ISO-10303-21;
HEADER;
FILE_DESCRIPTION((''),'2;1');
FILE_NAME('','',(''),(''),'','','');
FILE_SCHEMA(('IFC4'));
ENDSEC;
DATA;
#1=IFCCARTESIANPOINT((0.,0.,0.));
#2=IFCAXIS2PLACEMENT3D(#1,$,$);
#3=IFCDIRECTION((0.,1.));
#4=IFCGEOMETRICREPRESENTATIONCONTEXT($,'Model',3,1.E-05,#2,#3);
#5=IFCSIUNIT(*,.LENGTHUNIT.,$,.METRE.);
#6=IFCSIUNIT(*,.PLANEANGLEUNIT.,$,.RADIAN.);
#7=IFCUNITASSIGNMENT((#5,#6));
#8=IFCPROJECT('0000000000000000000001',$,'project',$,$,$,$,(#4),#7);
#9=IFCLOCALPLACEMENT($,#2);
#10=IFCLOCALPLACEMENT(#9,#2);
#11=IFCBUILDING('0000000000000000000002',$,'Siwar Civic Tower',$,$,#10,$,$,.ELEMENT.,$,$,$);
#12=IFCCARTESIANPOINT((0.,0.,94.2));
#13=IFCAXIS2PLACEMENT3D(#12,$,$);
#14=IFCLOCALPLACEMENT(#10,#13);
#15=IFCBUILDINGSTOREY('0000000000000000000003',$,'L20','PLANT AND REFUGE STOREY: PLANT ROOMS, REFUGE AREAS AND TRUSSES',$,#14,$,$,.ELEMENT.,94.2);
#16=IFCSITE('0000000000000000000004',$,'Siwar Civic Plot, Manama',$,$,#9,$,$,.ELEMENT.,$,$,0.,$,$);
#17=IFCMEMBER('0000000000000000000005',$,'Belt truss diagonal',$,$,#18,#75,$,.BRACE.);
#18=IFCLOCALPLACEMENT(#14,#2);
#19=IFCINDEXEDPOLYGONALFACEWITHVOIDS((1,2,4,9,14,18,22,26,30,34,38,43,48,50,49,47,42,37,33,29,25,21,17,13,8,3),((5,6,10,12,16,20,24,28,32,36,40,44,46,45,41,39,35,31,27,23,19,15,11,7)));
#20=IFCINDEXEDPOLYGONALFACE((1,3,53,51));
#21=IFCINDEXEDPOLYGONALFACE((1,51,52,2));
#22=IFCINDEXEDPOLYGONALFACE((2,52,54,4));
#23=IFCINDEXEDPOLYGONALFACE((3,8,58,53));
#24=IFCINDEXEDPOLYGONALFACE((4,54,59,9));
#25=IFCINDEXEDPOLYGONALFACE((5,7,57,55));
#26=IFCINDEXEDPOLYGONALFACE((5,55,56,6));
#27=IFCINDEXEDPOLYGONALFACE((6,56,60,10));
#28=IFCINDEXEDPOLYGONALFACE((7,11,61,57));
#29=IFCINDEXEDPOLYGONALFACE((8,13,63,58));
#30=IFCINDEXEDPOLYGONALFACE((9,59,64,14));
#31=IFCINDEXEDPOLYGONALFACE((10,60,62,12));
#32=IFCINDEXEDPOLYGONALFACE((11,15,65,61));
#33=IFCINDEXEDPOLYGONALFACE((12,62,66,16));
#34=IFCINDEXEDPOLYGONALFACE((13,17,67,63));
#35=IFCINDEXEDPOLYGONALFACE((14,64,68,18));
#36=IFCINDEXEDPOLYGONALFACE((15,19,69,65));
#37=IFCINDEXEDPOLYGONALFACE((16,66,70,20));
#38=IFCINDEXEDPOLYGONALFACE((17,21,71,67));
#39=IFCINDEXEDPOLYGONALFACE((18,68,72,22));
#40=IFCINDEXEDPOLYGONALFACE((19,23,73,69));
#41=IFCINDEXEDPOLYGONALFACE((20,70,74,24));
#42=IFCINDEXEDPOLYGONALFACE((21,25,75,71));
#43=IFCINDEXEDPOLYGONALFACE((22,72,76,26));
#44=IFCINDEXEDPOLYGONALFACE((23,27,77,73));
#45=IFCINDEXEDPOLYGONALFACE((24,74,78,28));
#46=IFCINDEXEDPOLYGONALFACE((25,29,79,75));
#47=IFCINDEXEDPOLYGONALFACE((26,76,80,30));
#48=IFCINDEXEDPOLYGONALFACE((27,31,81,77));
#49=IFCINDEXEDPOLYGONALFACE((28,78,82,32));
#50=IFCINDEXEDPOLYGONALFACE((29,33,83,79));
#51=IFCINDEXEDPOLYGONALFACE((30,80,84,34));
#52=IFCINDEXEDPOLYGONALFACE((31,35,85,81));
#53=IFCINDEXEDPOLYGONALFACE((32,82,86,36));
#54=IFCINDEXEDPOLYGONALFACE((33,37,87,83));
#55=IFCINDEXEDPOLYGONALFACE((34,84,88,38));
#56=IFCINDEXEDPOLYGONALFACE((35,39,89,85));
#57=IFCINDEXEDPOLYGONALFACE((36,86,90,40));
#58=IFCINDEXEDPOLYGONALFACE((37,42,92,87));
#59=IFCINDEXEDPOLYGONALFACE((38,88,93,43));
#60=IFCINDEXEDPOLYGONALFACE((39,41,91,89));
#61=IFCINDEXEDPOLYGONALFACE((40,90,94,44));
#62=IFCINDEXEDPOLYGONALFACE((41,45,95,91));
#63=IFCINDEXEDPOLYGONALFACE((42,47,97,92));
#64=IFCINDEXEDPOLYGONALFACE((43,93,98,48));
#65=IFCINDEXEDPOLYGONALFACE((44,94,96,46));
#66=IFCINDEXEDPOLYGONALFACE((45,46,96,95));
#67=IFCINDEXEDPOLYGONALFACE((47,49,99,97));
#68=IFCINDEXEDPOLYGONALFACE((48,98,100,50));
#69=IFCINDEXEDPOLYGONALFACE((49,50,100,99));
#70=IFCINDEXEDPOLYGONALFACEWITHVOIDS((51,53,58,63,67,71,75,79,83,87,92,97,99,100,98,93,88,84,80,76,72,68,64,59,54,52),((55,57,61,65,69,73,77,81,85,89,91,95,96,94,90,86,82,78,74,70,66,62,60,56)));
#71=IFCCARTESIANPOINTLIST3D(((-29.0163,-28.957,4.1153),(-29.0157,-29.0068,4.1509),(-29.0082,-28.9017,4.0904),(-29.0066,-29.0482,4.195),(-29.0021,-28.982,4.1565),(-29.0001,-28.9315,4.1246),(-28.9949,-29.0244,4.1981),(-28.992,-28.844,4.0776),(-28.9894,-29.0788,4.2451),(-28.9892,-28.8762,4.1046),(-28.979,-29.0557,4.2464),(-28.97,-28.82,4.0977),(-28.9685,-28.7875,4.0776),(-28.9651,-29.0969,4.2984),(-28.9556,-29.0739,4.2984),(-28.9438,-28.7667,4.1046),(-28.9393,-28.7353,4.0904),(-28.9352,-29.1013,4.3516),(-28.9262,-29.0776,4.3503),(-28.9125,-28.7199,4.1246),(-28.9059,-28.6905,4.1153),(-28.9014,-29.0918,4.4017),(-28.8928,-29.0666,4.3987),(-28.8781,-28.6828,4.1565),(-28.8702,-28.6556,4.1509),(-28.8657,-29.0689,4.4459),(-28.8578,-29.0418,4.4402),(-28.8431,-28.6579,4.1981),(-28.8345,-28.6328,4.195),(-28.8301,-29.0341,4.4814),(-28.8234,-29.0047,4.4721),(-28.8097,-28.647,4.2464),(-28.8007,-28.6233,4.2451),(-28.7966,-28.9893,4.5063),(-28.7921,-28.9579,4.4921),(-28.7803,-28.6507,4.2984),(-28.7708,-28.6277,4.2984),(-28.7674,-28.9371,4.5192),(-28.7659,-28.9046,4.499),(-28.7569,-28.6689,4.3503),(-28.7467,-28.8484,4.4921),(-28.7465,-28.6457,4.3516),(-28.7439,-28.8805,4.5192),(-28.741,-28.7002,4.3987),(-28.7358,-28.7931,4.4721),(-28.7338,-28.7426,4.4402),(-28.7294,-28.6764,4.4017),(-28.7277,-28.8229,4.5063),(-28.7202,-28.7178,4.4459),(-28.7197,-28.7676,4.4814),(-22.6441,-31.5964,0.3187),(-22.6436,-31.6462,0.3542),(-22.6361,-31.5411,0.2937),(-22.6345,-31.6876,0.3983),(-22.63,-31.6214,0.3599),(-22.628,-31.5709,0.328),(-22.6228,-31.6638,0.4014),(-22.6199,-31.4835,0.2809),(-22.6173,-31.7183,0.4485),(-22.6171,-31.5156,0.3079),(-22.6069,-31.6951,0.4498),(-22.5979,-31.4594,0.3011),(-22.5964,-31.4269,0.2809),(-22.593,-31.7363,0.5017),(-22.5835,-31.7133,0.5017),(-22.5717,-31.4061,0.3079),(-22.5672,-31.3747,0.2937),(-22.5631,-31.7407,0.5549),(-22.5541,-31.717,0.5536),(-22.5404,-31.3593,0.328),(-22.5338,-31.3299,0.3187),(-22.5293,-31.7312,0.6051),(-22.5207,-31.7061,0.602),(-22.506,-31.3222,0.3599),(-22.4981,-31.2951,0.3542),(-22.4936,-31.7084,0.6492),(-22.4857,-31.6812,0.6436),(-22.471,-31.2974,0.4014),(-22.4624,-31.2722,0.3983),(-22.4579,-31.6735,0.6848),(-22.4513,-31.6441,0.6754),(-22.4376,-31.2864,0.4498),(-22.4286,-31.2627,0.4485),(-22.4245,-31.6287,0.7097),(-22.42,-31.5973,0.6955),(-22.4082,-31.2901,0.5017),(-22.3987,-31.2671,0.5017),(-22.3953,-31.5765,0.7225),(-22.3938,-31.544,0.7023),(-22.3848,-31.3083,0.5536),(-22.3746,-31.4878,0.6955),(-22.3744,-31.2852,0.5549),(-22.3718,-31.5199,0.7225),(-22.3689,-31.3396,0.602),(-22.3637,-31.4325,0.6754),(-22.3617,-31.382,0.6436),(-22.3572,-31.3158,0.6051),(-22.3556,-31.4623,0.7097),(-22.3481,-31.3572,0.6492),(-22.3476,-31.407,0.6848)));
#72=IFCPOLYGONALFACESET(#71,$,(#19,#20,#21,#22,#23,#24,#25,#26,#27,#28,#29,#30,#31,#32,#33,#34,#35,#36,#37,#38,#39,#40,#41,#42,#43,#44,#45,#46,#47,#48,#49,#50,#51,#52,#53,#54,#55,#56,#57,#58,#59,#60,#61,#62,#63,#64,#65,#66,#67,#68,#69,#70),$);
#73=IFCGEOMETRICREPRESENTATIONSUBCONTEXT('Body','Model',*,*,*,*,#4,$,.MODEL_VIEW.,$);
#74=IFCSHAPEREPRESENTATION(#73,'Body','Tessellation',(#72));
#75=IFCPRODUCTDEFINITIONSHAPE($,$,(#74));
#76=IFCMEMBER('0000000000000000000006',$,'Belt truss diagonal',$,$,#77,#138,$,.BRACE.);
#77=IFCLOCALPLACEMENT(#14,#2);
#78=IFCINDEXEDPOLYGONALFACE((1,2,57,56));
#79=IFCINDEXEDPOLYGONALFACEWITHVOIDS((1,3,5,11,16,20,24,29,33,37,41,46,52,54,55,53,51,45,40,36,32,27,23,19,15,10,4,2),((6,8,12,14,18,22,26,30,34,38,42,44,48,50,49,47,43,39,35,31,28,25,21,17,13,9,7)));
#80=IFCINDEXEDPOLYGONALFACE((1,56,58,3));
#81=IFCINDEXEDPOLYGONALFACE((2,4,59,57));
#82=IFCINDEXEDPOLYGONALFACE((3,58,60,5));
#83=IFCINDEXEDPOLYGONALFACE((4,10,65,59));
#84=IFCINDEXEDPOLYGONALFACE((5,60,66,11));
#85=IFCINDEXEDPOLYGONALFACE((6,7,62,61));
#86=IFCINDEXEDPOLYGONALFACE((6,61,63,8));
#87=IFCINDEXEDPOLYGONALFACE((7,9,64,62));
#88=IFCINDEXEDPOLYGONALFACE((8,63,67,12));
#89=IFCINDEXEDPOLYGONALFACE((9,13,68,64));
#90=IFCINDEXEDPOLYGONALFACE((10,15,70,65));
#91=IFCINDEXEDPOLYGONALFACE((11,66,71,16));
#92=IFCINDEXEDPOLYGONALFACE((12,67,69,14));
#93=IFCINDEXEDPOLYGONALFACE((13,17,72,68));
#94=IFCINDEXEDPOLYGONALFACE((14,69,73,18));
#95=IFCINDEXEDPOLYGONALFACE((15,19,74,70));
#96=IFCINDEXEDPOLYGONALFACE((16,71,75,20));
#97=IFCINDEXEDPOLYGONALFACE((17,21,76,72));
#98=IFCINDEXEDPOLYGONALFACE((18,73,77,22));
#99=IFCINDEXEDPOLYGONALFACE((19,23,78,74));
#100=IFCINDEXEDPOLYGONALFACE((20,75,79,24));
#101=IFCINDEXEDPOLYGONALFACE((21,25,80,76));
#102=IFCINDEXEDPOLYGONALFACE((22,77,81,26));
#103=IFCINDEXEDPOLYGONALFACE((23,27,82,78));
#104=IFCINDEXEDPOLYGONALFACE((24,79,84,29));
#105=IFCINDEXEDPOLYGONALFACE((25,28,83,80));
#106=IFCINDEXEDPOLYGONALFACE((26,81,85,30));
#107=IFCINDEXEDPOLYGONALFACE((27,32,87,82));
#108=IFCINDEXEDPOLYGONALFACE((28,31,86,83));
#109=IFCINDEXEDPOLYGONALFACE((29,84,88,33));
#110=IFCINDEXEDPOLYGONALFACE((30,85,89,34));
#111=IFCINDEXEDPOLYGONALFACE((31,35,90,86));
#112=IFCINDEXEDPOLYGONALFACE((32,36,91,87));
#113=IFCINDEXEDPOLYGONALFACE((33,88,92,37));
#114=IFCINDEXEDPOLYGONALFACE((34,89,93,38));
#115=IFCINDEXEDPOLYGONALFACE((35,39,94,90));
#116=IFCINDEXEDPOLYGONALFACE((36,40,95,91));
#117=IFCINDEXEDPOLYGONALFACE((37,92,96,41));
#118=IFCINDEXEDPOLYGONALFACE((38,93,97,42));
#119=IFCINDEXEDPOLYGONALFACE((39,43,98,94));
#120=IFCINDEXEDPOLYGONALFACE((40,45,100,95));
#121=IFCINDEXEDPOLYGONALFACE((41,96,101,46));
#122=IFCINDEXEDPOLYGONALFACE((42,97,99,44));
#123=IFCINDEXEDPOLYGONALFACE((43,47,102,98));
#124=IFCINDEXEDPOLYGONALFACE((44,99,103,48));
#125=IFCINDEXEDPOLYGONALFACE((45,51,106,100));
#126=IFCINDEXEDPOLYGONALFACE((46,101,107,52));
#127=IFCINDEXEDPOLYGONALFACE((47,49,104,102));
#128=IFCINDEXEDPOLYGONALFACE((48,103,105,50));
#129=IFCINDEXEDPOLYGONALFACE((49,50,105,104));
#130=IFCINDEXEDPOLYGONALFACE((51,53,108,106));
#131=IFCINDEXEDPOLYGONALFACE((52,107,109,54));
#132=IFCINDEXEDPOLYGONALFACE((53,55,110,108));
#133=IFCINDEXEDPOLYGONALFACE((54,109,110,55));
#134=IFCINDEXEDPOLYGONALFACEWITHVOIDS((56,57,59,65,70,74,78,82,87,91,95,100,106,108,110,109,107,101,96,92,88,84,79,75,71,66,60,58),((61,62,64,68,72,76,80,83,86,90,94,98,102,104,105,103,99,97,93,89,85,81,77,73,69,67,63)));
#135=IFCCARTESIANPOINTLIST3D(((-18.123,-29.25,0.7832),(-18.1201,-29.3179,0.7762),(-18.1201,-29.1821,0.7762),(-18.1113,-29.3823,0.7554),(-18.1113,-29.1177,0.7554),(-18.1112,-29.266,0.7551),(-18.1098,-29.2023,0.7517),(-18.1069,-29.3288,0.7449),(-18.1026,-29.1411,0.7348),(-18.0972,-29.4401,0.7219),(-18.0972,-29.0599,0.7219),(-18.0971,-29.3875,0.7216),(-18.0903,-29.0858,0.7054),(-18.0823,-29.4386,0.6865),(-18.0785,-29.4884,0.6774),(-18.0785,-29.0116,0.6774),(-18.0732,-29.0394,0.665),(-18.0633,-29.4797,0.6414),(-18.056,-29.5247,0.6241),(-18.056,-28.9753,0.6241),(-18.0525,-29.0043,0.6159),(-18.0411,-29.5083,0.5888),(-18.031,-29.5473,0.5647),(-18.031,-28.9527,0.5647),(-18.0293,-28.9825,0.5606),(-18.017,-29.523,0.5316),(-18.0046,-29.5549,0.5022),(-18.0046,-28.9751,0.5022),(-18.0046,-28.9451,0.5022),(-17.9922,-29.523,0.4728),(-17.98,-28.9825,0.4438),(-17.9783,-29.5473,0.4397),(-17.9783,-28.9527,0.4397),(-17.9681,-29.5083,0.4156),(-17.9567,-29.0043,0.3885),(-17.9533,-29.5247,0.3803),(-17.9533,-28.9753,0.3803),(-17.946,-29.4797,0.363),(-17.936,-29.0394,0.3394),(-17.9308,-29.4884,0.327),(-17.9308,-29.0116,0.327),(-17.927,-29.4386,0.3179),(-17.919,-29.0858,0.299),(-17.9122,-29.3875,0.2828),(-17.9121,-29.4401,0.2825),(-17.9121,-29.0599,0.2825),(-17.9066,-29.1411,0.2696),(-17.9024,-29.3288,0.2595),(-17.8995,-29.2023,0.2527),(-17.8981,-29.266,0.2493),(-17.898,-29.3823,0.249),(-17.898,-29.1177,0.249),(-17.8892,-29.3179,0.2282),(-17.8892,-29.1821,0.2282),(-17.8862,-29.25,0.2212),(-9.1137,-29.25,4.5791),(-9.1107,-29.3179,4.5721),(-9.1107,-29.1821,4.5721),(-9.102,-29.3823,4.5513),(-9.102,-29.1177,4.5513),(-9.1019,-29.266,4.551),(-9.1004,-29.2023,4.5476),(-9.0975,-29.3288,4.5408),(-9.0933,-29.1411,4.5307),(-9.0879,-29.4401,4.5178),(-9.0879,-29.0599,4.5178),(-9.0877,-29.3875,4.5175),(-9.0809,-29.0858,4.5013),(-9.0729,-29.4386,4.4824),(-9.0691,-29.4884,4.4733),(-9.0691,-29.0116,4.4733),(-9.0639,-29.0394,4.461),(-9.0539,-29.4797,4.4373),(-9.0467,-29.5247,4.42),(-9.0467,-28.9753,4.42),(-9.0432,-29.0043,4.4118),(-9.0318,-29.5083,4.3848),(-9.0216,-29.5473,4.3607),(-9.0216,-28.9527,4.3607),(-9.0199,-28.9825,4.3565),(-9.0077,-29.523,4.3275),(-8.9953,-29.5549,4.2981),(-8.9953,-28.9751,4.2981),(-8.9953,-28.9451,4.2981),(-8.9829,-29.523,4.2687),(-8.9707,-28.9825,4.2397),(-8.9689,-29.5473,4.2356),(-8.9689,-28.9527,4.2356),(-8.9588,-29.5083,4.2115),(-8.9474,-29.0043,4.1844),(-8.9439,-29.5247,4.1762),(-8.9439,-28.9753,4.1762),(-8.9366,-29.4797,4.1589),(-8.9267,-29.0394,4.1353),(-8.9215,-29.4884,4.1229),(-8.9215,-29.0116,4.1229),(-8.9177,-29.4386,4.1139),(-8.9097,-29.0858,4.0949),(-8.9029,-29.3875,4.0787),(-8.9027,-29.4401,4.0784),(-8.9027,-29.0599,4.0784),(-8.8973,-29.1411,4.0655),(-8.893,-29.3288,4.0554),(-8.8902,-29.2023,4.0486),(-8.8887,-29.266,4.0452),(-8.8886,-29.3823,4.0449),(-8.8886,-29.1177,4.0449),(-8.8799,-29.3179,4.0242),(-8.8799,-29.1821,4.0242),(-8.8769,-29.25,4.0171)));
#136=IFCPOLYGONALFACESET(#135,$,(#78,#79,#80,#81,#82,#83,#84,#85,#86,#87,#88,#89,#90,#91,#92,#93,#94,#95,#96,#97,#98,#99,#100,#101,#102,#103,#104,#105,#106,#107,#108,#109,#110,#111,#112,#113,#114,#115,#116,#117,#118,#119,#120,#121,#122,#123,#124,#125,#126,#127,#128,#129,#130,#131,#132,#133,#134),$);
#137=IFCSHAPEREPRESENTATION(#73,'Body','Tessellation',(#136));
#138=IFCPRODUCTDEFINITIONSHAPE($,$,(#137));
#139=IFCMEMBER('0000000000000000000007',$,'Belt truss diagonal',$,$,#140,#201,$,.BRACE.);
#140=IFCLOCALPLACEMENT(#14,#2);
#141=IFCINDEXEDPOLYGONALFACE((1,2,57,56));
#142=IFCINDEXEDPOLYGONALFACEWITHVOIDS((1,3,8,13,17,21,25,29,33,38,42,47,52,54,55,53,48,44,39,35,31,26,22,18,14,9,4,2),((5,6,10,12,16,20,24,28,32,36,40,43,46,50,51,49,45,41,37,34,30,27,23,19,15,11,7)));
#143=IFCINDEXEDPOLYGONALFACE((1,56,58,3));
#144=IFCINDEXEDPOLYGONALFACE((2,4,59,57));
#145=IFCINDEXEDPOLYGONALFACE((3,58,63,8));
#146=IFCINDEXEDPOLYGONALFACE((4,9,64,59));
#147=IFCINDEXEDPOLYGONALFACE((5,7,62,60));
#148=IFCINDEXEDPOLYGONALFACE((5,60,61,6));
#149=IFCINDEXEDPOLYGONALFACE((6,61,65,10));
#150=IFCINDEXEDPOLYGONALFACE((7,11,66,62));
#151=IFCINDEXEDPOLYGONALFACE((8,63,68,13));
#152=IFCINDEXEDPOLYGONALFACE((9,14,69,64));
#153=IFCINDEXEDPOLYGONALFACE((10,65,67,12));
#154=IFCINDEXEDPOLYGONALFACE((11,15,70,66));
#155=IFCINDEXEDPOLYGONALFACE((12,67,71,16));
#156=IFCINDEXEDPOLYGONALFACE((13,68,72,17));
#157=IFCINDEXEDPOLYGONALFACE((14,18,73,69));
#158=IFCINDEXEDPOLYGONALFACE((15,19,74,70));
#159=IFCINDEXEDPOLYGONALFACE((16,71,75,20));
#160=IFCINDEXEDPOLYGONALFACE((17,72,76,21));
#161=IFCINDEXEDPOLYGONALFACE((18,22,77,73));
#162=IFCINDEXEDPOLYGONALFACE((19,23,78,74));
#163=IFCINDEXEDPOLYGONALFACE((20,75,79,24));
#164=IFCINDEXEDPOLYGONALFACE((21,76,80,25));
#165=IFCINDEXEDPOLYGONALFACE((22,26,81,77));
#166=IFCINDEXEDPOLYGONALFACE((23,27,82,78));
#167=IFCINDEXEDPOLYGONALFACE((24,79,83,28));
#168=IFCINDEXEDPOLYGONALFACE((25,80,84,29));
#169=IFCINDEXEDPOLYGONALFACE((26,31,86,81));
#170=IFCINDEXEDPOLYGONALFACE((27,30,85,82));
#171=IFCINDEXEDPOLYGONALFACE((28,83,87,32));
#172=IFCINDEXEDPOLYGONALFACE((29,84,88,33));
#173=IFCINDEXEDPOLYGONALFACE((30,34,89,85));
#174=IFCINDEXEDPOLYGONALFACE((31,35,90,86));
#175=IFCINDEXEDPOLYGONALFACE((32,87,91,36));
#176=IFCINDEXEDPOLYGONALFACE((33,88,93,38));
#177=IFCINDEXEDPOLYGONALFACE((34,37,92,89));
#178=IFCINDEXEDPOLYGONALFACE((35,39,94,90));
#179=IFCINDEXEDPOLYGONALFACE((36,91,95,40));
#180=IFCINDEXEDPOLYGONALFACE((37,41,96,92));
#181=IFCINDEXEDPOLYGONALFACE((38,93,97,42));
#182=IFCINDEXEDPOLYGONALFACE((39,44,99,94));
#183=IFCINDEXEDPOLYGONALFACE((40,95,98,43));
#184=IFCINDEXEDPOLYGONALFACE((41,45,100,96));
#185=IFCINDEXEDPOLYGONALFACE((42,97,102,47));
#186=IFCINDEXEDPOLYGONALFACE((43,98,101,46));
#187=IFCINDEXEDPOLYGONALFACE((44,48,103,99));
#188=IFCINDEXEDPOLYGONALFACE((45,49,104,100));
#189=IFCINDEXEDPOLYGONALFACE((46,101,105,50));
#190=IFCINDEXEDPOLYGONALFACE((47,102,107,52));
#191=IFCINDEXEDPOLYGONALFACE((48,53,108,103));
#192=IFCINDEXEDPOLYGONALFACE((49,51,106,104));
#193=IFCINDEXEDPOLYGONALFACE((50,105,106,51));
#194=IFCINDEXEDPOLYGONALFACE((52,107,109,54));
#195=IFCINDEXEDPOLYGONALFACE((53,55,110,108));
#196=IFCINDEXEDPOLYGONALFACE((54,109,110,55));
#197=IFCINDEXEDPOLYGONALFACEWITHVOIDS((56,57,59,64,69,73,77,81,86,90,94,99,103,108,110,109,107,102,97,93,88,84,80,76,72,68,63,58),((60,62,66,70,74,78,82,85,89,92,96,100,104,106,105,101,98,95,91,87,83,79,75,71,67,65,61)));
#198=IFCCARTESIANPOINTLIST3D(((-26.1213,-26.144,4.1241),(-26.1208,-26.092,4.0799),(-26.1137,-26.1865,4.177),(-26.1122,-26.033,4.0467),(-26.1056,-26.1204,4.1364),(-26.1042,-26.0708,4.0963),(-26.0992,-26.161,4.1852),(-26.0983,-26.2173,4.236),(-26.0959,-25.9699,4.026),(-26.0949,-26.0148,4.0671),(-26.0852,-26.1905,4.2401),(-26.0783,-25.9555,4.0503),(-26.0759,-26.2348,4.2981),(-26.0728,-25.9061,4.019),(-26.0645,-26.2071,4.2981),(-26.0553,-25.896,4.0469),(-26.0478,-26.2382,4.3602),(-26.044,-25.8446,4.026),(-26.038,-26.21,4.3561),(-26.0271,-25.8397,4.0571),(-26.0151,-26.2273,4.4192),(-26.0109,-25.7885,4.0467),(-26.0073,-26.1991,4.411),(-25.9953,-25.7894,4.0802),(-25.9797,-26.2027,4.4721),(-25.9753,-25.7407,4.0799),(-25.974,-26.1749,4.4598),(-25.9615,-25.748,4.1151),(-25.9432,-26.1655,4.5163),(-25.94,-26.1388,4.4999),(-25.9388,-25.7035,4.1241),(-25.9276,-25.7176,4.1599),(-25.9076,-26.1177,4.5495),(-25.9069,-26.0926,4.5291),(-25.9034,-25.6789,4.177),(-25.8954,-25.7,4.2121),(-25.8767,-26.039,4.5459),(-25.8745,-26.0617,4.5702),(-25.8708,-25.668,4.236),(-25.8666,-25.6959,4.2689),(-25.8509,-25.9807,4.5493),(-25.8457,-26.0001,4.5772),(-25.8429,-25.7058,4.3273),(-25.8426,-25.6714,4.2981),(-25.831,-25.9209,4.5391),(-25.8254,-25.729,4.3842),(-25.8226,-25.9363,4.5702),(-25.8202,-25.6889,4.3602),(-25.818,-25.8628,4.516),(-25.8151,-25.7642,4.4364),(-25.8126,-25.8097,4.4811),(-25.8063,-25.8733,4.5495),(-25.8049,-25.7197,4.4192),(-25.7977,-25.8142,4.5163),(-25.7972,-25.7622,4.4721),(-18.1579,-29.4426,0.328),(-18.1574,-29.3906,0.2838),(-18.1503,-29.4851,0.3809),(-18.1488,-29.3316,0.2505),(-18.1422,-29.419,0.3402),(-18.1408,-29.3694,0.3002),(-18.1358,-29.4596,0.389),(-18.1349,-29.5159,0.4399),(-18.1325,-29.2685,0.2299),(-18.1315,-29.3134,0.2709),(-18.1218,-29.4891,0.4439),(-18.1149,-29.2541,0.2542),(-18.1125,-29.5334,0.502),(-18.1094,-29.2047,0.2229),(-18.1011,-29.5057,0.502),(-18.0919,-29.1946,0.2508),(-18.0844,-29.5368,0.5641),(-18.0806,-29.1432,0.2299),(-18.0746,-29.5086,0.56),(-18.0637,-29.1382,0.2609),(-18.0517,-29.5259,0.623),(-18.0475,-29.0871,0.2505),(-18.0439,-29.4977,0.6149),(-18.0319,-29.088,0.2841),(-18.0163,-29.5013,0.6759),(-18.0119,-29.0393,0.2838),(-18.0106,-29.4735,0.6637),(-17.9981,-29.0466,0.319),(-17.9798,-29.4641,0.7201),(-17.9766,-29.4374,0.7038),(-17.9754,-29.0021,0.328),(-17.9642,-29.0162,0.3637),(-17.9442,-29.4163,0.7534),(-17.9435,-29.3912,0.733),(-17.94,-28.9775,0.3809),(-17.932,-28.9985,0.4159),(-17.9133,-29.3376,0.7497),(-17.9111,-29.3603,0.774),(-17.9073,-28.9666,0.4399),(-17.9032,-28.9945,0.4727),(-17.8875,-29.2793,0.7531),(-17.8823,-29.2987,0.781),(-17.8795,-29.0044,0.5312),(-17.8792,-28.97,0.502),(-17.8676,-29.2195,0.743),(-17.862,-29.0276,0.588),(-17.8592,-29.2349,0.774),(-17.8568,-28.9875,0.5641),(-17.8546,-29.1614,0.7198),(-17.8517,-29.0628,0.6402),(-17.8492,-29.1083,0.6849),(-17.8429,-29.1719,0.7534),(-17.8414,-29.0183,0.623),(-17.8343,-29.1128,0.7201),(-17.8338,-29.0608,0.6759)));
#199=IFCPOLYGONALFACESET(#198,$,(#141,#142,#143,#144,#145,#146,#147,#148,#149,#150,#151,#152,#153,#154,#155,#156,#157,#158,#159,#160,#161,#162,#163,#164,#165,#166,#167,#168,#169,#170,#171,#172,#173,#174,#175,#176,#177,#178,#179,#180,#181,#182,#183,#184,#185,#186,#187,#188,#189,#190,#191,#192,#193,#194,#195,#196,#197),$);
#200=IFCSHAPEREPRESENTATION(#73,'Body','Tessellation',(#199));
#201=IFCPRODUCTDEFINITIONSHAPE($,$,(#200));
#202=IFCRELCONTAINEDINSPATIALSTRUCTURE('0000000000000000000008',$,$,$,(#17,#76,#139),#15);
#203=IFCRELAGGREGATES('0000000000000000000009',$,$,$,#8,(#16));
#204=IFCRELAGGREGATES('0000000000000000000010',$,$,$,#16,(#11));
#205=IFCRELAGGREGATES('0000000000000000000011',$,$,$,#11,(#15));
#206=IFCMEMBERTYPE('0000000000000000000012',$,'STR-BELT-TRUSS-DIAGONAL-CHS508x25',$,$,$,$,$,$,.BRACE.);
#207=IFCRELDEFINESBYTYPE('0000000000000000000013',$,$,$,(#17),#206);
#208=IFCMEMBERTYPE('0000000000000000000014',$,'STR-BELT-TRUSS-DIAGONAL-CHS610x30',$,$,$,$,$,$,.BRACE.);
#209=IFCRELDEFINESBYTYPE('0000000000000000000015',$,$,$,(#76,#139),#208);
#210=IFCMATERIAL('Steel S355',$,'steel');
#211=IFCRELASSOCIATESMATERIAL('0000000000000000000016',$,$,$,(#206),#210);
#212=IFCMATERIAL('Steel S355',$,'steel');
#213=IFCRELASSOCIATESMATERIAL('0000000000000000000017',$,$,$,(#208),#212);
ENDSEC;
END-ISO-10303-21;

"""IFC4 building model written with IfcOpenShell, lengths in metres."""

from ifc_helpers import new_model, si_unit, direction, frame, origin, origin_2d, place, context, subcontext, project, spatial, hollow_circle, extrude, material, material_profile, profile_set, type_object, element, save


model = new_model("IFC4")

# Units and contexts
model_context = context("Model", 3, precision=1e-05, world=origin(), true_north=direction((0.0, 1.0)))
body_context = subcontext(model_context, "Body", "Model", "MODEL_VIEW")
ifc_project = project(units=[si_unit("LENGTHUNIT", "METRE"), si_unit("PLANEANGLEUNIT", "RADIAN")], contexts=[model_context])

# Site, building, storey
site_placement = place(None, origin())
site = spatial("IfcSite", under=ifc_project, at=site_placement, Name="Siwar Civic Plot, Manama", CompositionType="ELEMENT", RefElevation=0.0)
building_placement = place(site_placement, origin())
building = spatial("IfcBuilding", under=site, at=building_placement, Name="Siwar Civic Tower", CompositionType="ELEMENT")
storey_placement = place(building_placement, frame((0.0, 0.0, 94.2)))
storey = spatial("IfcBuildingStorey", under=building, at=storey_placement, Name="L20", Description="PLANT AND REFUGE STOREY: PLANT ROOMS, REFUGE AREAS AND TRUSSES", CompositionType="ELEMENT", Elevation=94.2)

# Members
ifc_material_1 = material(Name="Steel S355", Category="steel")
ifc_material_profile_1 = material_profile(ifc_material_1, hollow_circle(Radius=0.2539, WallThickness=0.0249, at=origin_2d()), Name="CHS508x25")
ifc_profile_set_1 = profile_set([ifc_material_profile_1], Name="Steel S355")
member_type_1 = type_object("IfcMemberType", Name="STR-BELT-TRUSS-DIAGONAL-CHS508x25", PredefinedType="BRACE", material=ifc_profile_set_1)
member_1_placement = place(storey_placement, frame((-22.4958, -31.5017, 0.5017), z_axis=(-0.809357, 0.335248, 0.482234), x_axis=(-0.382684, -0.923879, 0.0)))
element("IfcMember", 1, at=member_1_placement, inside=storey, type_object=member_type_1, Name="Belt truss diagonal", PredefinedType="BRACE", context=body_context, shape_type="SweptSolid", body=[
    extrude(hollow_circle(Radius=0.2539, WallThickness=0.0249, at=origin_2d()), origin(), (0.0, 0.0, 1.0), 7.873),
])
ifc_material_2 = material(Name="Steel S355", Category="steel")
ifc_material_profile_2 = material_profile(ifc_material_2, hollow_circle(Radius=0.3049, WallThickness=0.03, at=origin_2d()), Name="CHS610x30")
ifc_profile_set_2 = profile_set([ifc_material_profile_2], Name="Steel S355")
member_type_2 = type_object("IfcMemberType", Name="STR-BELT-TRUSS-DIAGONAL-CHS610x30", PredefinedType="BRACE", material=ifc_profile_set_2)
member_2_placement = place(storey_placement, frame((-18.0046, -29.25, 0.5022), z_axis=(0.921543, 0.0, 0.388276), x_axis=(0.0, 1.0, 0.0)))
element("IfcMember", 2, at=member_2_placement, inside=storey, type_object=member_type_2, Name="Belt truss diagonal", PredefinedType="BRACE", context=body_context, shape_type="SweptSolid", body=[
    extrude(hollow_circle(Radius=0.3049, WallThickness=0.03, at=origin_2d()), origin(), (0.0, 0.0, 1.0), 9.7764),
])
member_3_placement = place(storey_placement, frame((-17.9958, -29.2517, 0.502), z_axis=(-0.845511, 0.350227, 0.403055), x_axis=(-0.382688, -0.923878, 0.0)))
element("IfcMember", 3, at=member_3_placement, inside=storey, type_object=member_type_2, Name="Belt truss diagonal", PredefinedType="BRACE", context=body_context, shape_type="SweptSolid", body=[
    extrude(hollow_circle(Radius=0.3049, WallThickness=0.03, at=origin_2d()), origin(), (0.0, 0.0, 1.0), 9.4185),
])

save(model, "model.ifc")
